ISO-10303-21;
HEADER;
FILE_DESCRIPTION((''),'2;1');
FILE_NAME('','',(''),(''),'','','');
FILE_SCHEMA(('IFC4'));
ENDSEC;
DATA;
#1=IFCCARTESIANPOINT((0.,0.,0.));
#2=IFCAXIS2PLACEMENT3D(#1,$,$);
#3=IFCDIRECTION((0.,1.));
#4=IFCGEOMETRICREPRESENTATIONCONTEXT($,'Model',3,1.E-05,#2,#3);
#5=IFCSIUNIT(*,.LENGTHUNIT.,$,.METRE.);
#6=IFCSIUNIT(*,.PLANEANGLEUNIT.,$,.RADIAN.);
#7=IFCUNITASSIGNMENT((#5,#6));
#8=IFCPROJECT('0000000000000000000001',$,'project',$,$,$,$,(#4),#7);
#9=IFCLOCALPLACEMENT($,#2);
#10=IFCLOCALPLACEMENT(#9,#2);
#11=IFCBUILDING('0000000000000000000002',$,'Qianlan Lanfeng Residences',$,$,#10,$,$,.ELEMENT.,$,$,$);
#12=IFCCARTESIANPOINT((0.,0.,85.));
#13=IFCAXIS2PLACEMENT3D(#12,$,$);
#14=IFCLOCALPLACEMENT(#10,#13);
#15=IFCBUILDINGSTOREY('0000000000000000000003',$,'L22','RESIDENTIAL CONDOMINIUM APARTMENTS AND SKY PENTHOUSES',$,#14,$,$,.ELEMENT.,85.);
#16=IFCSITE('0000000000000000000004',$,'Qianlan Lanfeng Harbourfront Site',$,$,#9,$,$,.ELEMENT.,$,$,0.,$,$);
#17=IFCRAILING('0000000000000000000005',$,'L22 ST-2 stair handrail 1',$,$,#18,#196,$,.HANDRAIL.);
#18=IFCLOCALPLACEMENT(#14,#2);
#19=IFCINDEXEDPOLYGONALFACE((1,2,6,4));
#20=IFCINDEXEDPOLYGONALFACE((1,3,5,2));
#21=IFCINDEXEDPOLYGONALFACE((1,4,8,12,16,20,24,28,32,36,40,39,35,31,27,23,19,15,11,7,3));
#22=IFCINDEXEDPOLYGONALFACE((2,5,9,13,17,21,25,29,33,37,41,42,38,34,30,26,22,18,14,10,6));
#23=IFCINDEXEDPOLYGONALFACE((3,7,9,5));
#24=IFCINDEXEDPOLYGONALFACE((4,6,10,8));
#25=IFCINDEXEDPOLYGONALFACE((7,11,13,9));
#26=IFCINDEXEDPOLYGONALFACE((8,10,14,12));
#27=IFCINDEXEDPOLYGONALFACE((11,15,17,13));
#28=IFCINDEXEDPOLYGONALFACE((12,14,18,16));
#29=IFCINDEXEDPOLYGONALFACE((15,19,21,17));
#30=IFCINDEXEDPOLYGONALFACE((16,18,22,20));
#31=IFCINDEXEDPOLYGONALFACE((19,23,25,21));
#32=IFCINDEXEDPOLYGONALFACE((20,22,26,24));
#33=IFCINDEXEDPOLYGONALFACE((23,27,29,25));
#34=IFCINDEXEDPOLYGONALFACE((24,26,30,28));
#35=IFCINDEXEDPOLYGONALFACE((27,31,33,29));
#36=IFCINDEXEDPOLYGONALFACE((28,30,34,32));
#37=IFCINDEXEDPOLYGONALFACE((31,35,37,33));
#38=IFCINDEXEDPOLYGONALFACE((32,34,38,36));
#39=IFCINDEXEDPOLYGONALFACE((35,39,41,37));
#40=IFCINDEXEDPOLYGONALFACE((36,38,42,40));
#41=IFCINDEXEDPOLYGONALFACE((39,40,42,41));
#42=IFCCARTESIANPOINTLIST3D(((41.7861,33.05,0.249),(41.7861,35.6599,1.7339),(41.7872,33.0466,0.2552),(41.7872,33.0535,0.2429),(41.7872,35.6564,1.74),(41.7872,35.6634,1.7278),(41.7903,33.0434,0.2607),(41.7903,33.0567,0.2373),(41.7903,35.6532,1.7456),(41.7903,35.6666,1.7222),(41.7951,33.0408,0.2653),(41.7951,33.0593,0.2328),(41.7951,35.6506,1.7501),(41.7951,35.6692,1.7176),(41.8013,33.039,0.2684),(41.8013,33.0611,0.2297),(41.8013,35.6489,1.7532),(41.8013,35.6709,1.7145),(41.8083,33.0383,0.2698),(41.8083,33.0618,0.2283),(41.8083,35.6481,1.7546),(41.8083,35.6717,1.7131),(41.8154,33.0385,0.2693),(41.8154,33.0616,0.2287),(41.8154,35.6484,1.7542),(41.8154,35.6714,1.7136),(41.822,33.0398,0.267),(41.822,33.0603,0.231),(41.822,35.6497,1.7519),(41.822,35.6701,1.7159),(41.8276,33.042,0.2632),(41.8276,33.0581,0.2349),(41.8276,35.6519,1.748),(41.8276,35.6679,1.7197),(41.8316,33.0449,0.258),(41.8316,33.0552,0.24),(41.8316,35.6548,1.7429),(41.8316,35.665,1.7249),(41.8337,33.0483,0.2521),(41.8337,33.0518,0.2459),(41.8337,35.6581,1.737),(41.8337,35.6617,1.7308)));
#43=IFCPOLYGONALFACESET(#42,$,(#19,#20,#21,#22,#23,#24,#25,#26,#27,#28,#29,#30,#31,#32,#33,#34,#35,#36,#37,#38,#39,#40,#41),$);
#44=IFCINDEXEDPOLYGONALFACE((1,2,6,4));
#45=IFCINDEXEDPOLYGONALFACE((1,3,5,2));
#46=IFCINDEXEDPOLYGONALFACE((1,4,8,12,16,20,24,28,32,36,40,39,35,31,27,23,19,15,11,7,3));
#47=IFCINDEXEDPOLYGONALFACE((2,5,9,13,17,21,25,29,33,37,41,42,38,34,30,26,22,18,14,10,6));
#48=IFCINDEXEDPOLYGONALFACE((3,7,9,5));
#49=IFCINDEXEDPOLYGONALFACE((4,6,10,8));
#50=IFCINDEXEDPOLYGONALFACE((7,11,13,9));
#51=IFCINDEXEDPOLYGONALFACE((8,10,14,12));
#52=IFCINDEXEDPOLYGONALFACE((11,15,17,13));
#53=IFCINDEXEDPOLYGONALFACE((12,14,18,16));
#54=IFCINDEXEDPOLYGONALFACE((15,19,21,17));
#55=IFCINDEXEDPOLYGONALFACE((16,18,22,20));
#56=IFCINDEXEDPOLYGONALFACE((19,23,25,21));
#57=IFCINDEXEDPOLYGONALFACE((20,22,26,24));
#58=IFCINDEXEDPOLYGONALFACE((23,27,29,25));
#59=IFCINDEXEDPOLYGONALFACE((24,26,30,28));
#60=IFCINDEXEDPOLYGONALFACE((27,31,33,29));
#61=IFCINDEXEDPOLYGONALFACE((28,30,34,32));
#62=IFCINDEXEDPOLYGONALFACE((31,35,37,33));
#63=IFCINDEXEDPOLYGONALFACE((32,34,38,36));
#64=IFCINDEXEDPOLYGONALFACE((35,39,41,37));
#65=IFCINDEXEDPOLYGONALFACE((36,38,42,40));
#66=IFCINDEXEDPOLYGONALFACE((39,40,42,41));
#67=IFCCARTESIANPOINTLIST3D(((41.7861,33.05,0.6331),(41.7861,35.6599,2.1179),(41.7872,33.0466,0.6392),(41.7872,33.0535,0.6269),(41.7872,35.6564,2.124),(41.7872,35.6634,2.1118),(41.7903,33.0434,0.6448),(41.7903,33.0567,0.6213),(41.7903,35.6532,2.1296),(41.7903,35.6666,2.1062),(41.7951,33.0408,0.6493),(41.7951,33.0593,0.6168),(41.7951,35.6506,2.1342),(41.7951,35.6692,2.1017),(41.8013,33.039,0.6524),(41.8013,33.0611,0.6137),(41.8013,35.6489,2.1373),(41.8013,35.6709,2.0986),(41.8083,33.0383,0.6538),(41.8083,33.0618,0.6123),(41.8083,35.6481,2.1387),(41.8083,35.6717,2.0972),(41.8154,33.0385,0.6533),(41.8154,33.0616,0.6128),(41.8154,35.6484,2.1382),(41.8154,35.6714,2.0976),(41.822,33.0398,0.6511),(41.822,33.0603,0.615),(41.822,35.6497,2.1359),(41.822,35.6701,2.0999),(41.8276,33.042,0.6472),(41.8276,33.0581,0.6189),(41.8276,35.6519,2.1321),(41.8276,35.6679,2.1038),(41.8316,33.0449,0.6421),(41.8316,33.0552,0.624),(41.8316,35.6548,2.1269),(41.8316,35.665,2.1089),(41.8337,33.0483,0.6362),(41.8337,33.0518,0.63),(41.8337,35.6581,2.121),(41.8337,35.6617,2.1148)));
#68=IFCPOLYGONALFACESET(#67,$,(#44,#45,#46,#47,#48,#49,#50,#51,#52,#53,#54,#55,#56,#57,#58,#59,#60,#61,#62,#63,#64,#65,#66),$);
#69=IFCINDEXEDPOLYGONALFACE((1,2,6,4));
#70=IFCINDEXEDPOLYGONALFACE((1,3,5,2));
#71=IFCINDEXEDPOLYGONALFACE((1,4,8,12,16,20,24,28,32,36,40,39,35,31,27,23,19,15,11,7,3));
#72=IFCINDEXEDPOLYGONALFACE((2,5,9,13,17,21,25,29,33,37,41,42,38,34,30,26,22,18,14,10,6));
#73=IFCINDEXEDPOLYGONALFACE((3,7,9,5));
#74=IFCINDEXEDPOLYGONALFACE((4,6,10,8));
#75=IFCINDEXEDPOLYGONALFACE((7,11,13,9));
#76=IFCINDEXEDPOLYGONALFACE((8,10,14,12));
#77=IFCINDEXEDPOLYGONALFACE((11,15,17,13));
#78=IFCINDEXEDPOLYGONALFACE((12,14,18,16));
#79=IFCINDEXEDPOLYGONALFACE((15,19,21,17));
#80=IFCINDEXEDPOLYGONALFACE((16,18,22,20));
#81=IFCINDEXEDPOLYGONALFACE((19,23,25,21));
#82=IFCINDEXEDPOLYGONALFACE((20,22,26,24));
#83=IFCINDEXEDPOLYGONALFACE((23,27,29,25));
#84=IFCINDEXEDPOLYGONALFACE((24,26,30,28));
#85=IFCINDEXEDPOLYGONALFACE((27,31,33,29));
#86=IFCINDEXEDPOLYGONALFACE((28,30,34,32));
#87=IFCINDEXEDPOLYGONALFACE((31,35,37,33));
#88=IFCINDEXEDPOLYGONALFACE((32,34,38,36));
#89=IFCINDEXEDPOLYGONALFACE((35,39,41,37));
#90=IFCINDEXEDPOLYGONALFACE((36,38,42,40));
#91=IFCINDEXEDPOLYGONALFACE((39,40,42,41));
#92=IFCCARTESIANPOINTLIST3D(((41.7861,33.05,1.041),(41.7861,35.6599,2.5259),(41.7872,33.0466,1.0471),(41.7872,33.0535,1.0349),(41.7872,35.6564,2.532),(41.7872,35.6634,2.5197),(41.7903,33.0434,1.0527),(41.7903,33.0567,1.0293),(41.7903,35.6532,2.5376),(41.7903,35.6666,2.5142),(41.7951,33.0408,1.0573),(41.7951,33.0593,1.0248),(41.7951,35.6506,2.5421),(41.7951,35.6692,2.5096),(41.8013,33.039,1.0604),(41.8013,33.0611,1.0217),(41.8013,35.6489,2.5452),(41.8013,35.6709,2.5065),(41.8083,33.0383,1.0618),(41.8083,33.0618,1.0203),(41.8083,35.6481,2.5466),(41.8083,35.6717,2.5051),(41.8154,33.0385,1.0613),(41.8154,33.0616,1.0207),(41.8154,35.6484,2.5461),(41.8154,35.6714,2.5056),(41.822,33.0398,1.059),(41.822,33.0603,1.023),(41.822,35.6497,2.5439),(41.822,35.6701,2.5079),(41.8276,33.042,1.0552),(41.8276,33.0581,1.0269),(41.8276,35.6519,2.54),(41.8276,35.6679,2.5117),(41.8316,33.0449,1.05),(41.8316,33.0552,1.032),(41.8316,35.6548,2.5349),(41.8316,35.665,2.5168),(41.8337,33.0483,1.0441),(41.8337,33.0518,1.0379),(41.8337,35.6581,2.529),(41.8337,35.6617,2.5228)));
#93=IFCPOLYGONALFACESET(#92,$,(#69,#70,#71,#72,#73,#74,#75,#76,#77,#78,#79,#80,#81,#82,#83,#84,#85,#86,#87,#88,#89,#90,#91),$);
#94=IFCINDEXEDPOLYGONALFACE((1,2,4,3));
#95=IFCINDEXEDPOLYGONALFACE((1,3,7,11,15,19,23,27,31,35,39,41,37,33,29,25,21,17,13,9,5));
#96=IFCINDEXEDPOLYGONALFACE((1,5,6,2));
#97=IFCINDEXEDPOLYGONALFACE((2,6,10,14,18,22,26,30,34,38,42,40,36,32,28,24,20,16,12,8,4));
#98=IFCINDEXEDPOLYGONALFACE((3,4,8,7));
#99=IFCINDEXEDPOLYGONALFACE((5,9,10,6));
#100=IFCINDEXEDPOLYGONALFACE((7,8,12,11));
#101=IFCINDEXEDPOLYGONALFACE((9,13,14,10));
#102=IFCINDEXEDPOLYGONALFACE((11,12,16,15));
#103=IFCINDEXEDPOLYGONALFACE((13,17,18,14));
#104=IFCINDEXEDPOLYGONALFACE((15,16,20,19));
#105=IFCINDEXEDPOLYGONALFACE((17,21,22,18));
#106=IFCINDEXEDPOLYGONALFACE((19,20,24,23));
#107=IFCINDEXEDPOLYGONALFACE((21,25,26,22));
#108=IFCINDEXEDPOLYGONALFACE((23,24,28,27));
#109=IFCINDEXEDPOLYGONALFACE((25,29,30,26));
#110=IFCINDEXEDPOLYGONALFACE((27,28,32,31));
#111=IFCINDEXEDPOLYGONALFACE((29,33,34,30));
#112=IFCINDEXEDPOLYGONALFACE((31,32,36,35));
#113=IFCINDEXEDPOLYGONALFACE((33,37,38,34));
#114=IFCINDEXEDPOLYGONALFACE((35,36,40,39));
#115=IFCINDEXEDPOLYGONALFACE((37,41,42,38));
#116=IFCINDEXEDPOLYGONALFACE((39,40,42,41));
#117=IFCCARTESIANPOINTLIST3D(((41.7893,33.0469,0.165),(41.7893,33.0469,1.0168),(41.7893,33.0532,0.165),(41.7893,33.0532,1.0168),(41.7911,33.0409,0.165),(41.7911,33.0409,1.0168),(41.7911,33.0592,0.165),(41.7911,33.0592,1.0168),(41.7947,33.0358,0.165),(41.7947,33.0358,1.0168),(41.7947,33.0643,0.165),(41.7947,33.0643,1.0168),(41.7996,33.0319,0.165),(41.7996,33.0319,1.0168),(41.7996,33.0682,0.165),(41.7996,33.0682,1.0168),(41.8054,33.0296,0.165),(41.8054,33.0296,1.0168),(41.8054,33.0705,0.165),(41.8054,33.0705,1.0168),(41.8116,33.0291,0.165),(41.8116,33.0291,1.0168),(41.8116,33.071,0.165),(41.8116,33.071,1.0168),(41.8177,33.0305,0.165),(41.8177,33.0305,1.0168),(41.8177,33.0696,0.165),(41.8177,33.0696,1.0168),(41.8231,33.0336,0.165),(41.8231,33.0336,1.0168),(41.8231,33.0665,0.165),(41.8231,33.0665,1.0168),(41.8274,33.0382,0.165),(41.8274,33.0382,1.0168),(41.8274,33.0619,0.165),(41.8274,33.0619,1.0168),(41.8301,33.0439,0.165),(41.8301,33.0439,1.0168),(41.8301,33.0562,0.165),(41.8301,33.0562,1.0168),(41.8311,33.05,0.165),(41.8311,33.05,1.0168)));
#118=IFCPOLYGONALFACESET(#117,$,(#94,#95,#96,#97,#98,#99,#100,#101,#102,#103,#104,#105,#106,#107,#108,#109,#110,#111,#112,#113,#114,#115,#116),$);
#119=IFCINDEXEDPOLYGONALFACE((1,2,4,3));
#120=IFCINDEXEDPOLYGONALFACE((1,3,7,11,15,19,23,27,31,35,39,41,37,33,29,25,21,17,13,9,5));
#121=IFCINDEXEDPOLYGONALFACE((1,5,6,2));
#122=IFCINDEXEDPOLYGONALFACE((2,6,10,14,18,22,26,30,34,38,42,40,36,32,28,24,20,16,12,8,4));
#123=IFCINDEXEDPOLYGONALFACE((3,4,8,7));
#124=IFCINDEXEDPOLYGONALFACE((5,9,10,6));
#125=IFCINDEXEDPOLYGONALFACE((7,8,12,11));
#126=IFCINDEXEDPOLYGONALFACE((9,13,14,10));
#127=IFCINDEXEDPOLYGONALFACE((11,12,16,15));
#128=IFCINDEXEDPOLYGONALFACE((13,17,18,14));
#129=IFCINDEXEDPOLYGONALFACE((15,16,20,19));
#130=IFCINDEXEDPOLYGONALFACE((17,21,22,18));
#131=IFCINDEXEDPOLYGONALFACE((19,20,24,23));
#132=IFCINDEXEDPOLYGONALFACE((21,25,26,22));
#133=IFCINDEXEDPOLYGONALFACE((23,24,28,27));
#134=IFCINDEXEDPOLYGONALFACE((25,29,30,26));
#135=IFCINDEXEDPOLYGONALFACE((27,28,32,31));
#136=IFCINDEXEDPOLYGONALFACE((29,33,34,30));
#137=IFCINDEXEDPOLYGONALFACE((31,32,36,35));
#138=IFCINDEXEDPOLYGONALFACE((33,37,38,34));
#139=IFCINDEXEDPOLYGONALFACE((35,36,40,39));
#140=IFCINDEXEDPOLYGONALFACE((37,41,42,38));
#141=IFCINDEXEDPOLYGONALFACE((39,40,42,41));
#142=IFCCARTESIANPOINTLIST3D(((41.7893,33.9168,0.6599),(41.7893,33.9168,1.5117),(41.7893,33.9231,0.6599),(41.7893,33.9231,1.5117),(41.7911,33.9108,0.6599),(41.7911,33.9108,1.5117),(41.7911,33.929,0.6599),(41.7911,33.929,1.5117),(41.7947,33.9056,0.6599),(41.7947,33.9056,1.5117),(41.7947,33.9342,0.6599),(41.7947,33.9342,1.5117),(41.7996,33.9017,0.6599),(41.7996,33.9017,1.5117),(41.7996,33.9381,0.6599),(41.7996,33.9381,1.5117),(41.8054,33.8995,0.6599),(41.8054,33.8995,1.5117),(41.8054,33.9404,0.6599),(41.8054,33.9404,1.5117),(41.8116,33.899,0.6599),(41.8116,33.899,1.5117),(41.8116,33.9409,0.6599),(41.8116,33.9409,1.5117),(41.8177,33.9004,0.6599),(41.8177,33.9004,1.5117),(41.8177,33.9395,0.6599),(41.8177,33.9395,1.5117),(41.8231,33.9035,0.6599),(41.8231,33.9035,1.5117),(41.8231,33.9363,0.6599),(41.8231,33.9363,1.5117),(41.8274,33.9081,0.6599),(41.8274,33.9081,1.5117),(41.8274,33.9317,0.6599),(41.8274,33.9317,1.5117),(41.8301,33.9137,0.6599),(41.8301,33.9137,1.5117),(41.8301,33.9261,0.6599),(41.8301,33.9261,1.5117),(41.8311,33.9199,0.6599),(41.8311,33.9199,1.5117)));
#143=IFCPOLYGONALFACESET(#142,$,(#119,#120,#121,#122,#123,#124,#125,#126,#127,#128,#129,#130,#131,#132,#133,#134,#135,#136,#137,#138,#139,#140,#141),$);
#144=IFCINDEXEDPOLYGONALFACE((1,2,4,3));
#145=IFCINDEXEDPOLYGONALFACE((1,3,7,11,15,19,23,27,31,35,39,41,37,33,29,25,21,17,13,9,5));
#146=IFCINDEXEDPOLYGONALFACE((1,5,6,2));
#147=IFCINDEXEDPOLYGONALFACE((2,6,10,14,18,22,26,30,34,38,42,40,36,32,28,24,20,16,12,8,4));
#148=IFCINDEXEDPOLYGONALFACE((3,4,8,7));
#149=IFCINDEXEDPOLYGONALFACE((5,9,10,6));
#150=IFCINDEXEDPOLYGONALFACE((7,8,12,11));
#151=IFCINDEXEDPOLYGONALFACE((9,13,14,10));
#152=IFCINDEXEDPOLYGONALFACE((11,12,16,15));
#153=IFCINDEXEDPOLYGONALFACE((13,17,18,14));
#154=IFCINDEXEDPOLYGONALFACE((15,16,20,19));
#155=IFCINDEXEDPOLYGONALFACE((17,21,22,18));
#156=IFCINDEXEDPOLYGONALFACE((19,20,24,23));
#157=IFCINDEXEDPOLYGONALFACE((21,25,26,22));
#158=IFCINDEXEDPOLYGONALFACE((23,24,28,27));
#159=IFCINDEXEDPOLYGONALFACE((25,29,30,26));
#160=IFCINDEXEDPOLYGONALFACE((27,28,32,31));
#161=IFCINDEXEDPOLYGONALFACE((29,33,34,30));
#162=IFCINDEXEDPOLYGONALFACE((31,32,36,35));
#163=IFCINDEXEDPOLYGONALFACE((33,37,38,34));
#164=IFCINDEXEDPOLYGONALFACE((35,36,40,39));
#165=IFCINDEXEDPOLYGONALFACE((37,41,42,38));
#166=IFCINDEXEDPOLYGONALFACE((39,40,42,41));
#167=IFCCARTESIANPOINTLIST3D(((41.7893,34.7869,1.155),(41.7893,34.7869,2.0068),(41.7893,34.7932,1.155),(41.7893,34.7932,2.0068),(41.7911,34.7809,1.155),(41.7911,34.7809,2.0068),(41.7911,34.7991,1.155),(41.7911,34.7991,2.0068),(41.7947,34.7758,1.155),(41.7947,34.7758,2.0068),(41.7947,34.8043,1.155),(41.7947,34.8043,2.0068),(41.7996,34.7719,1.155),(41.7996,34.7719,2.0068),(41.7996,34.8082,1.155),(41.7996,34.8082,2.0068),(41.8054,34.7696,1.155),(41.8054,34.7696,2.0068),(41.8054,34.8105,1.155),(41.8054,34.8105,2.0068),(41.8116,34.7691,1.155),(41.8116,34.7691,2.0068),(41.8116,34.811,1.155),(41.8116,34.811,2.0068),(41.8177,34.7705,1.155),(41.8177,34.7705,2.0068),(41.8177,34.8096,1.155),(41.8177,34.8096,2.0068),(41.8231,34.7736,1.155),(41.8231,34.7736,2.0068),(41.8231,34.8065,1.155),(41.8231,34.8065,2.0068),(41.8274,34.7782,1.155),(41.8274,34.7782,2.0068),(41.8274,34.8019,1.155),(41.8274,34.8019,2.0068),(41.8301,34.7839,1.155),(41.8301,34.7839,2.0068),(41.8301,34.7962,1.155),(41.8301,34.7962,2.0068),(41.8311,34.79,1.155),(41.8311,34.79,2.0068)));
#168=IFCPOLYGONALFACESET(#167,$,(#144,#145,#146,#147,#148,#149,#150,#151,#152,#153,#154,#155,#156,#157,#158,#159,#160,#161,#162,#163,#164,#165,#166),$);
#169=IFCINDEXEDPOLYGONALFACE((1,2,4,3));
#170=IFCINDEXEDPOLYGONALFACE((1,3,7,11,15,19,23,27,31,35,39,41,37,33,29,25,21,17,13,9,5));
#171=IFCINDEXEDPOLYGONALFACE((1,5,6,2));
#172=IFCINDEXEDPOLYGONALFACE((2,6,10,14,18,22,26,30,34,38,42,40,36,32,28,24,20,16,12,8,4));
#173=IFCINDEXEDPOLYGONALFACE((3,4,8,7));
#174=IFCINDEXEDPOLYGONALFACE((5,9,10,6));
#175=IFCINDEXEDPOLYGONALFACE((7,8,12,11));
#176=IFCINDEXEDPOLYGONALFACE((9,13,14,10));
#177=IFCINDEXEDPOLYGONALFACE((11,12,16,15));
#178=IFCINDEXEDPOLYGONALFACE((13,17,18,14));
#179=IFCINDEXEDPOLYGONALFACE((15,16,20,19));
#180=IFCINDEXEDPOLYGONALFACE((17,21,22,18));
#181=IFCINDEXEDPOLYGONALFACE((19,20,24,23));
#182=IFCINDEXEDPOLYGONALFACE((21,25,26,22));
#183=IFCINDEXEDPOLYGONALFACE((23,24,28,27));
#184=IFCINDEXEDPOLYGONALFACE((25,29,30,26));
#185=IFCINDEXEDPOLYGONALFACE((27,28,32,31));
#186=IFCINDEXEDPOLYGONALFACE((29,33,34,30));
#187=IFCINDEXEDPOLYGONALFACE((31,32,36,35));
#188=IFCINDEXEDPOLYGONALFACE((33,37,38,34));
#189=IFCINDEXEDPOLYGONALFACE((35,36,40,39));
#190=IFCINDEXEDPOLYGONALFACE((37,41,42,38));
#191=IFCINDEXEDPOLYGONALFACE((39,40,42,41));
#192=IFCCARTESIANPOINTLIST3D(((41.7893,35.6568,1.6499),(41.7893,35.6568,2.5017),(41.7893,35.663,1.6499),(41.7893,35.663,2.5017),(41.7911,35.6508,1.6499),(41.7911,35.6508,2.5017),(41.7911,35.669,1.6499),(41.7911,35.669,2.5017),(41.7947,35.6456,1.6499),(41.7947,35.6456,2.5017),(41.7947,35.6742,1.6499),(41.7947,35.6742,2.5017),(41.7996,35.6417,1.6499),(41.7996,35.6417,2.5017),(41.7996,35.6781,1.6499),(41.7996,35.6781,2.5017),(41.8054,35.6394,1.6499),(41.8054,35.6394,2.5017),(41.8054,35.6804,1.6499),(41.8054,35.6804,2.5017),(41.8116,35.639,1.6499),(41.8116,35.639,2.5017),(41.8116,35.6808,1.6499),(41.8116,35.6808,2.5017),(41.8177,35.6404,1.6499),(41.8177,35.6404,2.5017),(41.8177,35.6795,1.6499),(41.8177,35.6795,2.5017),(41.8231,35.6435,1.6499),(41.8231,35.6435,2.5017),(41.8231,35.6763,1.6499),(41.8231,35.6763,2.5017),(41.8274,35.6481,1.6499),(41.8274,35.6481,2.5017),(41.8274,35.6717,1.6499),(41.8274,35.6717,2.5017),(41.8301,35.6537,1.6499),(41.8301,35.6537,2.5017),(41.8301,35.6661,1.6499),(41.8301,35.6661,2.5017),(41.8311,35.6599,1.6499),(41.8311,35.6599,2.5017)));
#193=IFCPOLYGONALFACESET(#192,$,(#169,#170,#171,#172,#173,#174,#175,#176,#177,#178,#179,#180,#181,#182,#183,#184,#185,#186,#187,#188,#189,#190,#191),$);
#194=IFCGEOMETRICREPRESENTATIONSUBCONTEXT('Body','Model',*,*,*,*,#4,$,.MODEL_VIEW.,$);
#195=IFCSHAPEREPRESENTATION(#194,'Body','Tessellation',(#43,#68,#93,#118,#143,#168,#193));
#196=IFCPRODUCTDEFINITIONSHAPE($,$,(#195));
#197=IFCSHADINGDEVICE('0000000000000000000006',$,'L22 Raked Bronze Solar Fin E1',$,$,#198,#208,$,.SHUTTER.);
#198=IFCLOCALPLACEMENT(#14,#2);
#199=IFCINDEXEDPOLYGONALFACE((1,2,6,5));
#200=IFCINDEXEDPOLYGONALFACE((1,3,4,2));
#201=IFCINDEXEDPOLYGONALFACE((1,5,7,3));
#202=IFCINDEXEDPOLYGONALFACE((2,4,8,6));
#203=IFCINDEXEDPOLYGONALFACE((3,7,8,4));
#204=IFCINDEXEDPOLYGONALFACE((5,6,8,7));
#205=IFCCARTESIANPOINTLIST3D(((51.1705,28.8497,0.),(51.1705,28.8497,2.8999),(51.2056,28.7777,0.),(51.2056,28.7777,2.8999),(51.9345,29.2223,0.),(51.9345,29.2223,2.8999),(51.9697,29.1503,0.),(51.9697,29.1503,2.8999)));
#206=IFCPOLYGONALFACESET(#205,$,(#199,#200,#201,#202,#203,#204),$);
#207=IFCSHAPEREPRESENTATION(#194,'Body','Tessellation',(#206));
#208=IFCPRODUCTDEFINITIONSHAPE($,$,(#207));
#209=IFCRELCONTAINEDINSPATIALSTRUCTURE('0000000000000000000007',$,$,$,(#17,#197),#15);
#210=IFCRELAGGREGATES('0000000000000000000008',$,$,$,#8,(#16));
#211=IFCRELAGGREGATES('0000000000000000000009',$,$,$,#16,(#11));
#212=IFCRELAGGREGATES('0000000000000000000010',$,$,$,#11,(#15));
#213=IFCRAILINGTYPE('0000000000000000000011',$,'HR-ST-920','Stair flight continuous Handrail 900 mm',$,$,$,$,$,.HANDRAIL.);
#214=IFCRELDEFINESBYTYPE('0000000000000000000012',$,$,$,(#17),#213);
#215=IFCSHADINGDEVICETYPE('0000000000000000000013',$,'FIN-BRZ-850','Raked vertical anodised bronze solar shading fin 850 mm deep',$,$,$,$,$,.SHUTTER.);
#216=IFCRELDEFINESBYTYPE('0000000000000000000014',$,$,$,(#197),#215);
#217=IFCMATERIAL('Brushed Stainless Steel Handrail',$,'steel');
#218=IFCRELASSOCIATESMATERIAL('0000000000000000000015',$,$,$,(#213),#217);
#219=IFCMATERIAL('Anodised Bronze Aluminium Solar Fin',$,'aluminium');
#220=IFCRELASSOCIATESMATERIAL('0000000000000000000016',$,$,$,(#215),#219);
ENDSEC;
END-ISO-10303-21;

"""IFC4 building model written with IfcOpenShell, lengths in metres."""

from ifc_helpers import new_model, si_unit, direction, frame, origin, origin_2d, place, context, subcontext, project, spatial, rectangle, circle, extrude, source, transform, mapped, material, type_object, element, save


model = new_model("IFC4")

# Units and contexts
model_context = context("Model", 3, precision=1e-05, world=origin(), true_north=direction((0.0, 1.0)))
body_context = subcontext(model_context, "Body", "Model", "MODEL_VIEW")
ifc_project = project(units=[si_unit("LENGTHUNIT", "METRE"), si_unit("PLANEANGLEUNIT", "RADIAN")], contexts=[model_context])

# Site, building, storey
site_placement = place(None, origin())
site = spatial("IfcSite", under=ifc_project, at=site_placement, Name="Qianlan Lanfeng Harbourfront Site", CompositionType="ELEMENT", RefElevation=0.0)
building_placement = place(site_placement, origin())
building = spatial("IfcBuilding", under=site, at=building_placement, Name="Qianlan Lanfeng Residences", CompositionType="ELEMENT")
storey_placement = place(building_placement, frame((0.0, 0.0, 85.0)))
storey = spatial("IfcBuildingStorey", under=building, at=storey_placement, Name="L22", Description="RESIDENTIAL CONDOMINIUM APARTMENTS AND SKY PENTHOUSES", CompositionType="ELEMENT", Elevation=85.0)

# Railing
ifc_material_1 = material(Name="Brushed Stainless Steel Handrail", Category="steel")
railing_type_1 = type_object("IfcRailingType", Name="HR-ST-920", Description="Stair flight continuous Handrail 900 mm", PredefinedType="HANDRAIL", material=ifc_material_1)
railing_1_placement = place(storey_placement, frame((41.8101, 33.05, 0.165)))
element("IfcRailing", 1, at=railing_1_placement, inside=storey, type_object=railing_type_1, Name="L22 ST-2 stair handrail 1", PredefinedType="HANDRAIL", context=body_context, shape_type="SweptSolid", body=[
    extrude(circle(Radius=0.0239, at=origin_2d()), frame((0.0, 0.0, 0.084), z_axis=(0.0, 0.869172, 0.494509), x_axis=(-1.0, 0.0, 0.0)), (0.0, 0.0, 1.0), 3.0027),
    extrude(circle(Radius=0.0239, at=origin_2d()), frame((0.0, 0.0, 0.468), z_axis=(0.0, 0.869172, 0.494509), x_axis=(-1.0, 0.0, 0.0)), (0.0, 0.0, 1.0), 3.0027),
    extrude(circle(Radius=0.0239, at=origin_2d()), frame((0.0, 0.0, 0.876), z_axis=(0.0, 0.869172, 0.494509), x_axis=(-1.0, 0.0, 0.0)), (0.0, 0.0, 1.0), 3.0027),
    extrude(circle(Radius=0.021, at=origin_2d()), origin(), (0.0, 0.0, 1.0), 0.8518),
    extrude(circle(Radius=0.021, at=origin_2d()), frame((0.0, 0.8699, 0.4949)), (0.0, 0.0, 1.0), 0.8518),
    extrude(circle(Radius=0.021, at=origin_2d()), frame((0.0, 1.74, 0.99)), (0.0, 0.0, 1.0), 0.8518),
    extrude(circle(Radius=0.021, at=origin_2d()), frame((0.0, 2.6099, 1.4849)), (0.0, 0.0, 1.0), 0.8518),
])

# Shading device
ifc_material_2 = material(Name="Anodised Bronze Aluminium Solar Fin", Category="aluminium")
shading_device_type = type_object("IfcShadingDeviceType", Name="FIN-BRZ-850", Description="Raked vertical anodised bronze solar shading fin 850 mm deep", PredefinedType="SHUTTER", material=ifc_material_2)
shared_shape_1 = source(origin(), body_context, "Body", "SweptSolid", [
    extrude(rectangle(XDim=0.8501, YDim=0.0801, at=origin_2d()), origin(), (0.0, 0.0, 1.0), 2.8999),
])
for number, where, z_axis, x_axis, name in (
    (2, (51.5701, 29.0, 0.0), (0.0, 0.0, 1.0), (0.898794, 0.438371, 0.0), "L22 Raked Bronze Solar Fin E1"),
):
    element("IfcShadingDevice", number, at=place(storey_placement, frame(where, z_axis=z_axis, x_axis=x_axis)), inside=storey, type_object=shading_device_type, Name=name, PredefinedType="SHUTTER", context=body_context, shape_type="MappedRepresentation", body=[
        mapped(shared_shape_1, transform((0.0, 0.0, 0.0), scale=1.0)),
    ])

save(model, "model.ifc")
